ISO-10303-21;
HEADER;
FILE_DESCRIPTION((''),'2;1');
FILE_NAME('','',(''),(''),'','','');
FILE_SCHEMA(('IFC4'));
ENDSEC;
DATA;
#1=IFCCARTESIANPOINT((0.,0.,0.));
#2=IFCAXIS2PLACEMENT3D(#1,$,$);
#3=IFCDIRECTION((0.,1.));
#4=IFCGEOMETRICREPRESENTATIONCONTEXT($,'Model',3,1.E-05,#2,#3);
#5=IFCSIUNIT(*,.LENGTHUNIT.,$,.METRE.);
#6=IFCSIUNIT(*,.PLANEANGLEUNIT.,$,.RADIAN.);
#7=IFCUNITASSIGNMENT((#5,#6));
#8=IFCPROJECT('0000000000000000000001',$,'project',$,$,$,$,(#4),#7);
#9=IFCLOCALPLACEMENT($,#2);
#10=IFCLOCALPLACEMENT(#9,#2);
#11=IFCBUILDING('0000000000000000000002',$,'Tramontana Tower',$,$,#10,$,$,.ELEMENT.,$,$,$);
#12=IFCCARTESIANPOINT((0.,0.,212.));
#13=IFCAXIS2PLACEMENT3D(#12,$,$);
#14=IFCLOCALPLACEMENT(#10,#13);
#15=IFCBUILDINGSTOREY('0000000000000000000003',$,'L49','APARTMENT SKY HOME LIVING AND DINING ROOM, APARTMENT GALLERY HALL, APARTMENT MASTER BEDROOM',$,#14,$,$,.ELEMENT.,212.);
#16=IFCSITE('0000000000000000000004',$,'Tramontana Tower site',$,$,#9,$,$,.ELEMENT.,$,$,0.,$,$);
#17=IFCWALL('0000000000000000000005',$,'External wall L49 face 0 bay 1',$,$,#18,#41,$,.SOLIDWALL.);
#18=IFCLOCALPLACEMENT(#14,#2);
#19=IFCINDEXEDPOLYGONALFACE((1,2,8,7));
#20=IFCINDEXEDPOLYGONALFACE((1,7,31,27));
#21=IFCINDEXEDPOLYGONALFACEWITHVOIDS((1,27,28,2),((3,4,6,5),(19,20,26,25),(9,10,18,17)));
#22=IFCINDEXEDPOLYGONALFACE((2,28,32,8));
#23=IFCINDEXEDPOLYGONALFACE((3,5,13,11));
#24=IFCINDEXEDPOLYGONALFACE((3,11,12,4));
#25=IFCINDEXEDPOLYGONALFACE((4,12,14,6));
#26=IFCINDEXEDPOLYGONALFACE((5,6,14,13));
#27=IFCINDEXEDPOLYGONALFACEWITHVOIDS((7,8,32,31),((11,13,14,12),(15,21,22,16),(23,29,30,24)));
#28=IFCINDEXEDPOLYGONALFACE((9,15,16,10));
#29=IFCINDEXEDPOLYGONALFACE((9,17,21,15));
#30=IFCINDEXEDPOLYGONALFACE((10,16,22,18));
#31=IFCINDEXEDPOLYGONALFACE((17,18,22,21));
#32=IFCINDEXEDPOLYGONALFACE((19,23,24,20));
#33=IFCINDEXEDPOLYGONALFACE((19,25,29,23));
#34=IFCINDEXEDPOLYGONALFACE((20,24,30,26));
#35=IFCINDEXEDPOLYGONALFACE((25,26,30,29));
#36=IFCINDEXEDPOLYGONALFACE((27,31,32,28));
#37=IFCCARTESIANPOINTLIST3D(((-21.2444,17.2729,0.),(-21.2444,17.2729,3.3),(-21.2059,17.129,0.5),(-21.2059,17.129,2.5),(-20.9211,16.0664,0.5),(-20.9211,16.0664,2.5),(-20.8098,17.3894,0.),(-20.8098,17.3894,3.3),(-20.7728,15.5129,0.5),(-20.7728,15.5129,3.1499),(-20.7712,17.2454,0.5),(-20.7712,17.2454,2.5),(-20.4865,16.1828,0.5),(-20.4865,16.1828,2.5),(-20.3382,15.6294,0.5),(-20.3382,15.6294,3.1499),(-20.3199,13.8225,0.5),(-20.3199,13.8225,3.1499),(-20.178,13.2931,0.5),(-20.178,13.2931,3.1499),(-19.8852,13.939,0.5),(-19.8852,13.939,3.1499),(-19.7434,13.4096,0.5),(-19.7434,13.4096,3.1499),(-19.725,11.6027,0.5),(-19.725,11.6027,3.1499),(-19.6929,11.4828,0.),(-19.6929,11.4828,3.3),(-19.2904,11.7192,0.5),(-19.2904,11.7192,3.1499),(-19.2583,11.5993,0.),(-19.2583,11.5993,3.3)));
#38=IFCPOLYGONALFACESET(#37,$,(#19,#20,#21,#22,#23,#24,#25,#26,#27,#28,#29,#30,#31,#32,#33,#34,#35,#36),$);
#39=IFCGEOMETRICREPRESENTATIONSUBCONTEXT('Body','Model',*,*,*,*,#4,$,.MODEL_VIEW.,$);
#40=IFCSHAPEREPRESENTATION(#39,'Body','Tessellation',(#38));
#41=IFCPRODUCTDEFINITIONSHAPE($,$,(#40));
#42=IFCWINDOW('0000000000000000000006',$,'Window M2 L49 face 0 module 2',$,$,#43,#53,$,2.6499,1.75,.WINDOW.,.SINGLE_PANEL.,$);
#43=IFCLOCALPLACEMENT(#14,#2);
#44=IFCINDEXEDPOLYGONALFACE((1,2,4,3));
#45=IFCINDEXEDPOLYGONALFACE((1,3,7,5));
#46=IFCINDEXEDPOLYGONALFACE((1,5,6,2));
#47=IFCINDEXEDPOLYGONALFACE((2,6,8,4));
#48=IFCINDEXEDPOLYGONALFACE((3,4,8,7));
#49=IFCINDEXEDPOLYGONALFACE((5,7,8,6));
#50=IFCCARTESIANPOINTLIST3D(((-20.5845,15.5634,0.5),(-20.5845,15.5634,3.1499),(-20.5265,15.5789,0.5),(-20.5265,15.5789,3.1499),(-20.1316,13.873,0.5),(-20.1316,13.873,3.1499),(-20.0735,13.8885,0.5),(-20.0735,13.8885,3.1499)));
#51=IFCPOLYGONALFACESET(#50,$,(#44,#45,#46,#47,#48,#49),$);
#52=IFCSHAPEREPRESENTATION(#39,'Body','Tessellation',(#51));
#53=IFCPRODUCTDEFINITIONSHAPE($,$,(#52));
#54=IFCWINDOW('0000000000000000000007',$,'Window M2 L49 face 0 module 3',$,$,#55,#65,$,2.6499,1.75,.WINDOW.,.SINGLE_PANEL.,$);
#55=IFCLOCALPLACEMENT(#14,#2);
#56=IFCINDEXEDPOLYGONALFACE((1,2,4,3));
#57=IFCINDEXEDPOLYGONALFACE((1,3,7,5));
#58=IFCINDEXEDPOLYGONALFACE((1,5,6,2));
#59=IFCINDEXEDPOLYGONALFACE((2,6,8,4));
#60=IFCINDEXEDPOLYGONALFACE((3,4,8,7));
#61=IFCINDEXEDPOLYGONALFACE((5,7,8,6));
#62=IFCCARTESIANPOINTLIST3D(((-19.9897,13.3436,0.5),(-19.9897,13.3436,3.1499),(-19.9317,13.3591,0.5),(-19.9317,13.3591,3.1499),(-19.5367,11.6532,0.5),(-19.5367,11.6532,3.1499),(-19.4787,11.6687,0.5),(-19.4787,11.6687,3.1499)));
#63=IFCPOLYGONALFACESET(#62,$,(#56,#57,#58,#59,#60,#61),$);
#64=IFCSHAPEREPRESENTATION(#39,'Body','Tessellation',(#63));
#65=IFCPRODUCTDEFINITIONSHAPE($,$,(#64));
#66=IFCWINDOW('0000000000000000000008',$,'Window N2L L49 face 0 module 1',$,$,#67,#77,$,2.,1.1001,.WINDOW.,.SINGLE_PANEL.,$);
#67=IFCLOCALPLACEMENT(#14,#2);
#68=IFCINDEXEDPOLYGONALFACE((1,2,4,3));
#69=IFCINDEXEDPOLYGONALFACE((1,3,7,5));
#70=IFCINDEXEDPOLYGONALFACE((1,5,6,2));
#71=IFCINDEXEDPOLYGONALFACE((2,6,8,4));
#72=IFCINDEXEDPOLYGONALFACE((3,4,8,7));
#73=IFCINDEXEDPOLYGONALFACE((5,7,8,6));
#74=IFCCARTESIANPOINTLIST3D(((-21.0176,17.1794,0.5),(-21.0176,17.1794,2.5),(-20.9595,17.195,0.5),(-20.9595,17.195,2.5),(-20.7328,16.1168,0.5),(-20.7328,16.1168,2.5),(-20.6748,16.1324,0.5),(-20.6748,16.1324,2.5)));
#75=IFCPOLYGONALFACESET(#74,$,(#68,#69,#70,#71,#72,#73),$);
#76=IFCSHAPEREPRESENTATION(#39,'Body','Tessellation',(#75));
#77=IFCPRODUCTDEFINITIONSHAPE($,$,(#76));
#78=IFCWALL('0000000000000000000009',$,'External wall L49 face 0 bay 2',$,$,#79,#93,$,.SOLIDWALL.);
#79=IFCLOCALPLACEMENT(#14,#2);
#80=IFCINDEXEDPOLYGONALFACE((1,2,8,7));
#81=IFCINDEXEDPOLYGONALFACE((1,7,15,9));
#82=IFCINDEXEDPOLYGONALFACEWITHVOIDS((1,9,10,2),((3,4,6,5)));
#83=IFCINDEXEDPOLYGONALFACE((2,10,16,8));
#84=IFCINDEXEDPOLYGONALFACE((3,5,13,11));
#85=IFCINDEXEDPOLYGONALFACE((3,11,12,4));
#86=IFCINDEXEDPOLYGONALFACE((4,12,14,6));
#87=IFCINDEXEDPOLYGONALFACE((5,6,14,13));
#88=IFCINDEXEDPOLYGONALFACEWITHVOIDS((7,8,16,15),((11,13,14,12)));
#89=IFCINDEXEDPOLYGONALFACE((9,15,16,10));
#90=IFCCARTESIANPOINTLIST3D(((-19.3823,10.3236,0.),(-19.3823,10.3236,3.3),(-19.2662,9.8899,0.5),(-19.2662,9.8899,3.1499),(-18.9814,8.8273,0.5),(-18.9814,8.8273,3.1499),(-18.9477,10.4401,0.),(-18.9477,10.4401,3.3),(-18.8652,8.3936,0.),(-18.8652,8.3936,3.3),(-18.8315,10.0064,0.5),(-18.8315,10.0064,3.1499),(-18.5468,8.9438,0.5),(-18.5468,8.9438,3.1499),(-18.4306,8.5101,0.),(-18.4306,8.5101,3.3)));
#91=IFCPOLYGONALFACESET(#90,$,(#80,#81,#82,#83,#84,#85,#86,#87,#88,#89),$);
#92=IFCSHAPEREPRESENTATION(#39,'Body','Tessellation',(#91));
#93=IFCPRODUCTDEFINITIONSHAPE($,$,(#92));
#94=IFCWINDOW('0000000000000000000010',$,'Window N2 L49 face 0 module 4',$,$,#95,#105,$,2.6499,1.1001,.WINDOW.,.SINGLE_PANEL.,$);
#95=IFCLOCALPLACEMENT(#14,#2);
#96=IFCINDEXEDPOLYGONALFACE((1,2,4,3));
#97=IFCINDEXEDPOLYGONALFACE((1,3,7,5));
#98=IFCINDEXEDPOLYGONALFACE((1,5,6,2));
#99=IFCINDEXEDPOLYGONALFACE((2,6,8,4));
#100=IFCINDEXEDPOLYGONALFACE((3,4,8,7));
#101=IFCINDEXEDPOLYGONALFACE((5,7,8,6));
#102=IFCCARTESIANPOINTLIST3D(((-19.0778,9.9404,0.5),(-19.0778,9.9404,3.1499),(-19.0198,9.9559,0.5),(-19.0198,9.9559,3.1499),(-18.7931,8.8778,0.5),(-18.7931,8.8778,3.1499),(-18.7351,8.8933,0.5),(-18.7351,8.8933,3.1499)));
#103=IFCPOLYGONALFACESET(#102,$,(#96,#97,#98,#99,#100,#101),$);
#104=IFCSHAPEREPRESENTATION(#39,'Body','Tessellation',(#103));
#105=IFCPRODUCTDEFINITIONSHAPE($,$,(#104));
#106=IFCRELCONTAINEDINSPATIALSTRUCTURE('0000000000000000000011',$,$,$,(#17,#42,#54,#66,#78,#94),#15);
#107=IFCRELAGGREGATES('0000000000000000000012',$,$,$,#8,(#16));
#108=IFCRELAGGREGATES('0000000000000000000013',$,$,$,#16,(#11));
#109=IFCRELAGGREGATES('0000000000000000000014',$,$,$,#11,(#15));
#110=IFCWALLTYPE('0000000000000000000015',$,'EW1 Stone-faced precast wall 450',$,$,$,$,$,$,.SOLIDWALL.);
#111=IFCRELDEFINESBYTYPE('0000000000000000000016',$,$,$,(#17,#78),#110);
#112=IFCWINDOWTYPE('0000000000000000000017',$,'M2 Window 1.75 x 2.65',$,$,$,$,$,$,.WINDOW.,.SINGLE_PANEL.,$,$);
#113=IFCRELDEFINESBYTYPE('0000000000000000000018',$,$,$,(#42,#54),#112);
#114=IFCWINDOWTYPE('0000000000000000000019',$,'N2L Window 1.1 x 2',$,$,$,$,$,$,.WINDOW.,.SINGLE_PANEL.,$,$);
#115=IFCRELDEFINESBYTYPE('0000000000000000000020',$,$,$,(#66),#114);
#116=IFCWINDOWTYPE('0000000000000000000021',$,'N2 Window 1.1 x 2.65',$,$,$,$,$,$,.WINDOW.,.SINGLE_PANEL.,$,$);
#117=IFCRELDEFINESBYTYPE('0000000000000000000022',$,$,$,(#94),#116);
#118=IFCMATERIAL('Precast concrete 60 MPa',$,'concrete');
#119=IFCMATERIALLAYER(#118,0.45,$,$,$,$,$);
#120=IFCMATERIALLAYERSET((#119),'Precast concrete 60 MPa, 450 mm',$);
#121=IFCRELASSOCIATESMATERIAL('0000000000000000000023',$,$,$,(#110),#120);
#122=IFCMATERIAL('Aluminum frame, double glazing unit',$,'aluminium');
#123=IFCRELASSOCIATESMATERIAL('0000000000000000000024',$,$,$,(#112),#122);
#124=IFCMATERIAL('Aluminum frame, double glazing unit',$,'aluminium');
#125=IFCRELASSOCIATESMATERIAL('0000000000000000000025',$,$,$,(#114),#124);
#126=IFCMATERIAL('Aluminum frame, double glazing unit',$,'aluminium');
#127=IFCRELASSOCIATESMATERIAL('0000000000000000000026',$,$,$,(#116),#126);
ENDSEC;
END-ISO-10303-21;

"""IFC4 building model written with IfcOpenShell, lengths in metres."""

from ifc_helpers import new_model, si_unit, direction, frame, frame_2d, origin, place, context, subcontext, project, spatial, rectangle, extrude, material, layer, layer_set, type_object, element, fill, save


model = new_model("IFC4")

# Units and contexts
model_context = context("Model", 3, precision=1e-05, world=origin(), true_north=direction((0.0, 1.0)))
body_context = subcontext(model_context, "Body", "Model", "MODEL_VIEW")
ifc_project = project(units=[si_unit("LENGTHUNIT", "METRE"), si_unit("PLANEANGLEUNIT", "RADIAN")], contexts=[model_context])

# Site, building, storey
site_placement = place(None, origin())
site = spatial("IfcSite", under=ifc_project, at=site_placement, Name="Tramontana Tower site", CompositionType="ELEMENT", RefElevation=0.0)
building_placement = place(site_placement, origin())
building = spatial("IfcBuilding", under=site, at=building_placement, Name="Tramontana Tower", CompositionType="ELEMENT")
storey_placement = place(building_placement, frame((0.0, 0.0, 212.0)))
storey = spatial("IfcBuildingStorey", under=building, at=storey_placement, Name="L49", Description="APARTMENT SKY HOME LIVING AND DINING ROOM, APARTMENT GALLERY HALL, APARTMENT MASTER BEDROOM", CompositionType="ELEMENT", Elevation=212.0)

# Wall, openings, windows
ifc_material_1 = material(Name="Precast concrete 60 MPa", Category="concrete")
ifc_layer_1 = layer(ifc_material_1, 0.45)
ifc_layer_set_1 = layer_set([ifc_layer_1], Name="Precast concrete 60 MPa, 450 mm")
wall_type_1 = type_object("IfcWallType", Name="EW1 Stone-faced precast wall 450", PredefinedType="SOLIDWALL", material=ifc_layer_set_1)
wall_1_placement = place(storey_placement, frame((-21.0271, 17.3311, 0.0), z_axis=(0.0, 0.0, 1.0), x_axis=(0.258831, -0.965923, 0.0)))
wall_1 = element("IfcWall", 1, at=wall_1_placement, inside=storey, type_object=wall_type_1, Name="External wall L49 face 0 bay 1", PredefinedType="SOLIDWALL", context=body_context, shape_type="SweptSolid", body=[
    extrude(rectangle(XDim=5.9944, YDim=0.45, at=frame_2d((2.9971, 0.0))), origin(), (0.0, 0.0, 1.0), 3.3),
])
opening_1_placement = place(wall_1_placement, frame((0.1489, 0.0, 0.5)))
opening_1 = element("IfcOpeningElement", 2, at=opening_1_placement, cuts=wall_1, PredefinedType="OPENING", context=body_context, shape_type="SweptSolid", body=[
    extrude(rectangle(XDim=1.1001, YDim=2.0, at=frame_2d((0.55, 1.0))), frame((0.0, 0.2349, 0.0), z_axis=(0.0, -1.0, 0.0), x_axis=(1.0, 0.0, 0.0)), (0.0, 0.0, 1.0), 0.47),
])
opening_2_placement = place(wall_1_placement, frame((1.822, 0.0, 0.5)))
opening_2 = element("IfcOpeningElement", 3, at=opening_2_placement, cuts=wall_1, PredefinedType="OPENING", context=body_context, shape_type="SweptSolid", body=[
    extrude(rectangle(XDim=1.75, YDim=2.6499, at=frame_2d((0.875, 1.325))), frame((0.0, 0.2349, 0.0), z_axis=(0.0, -1.0, 0.0), x_axis=(1.0, 0.0, 0.0)), (0.0, 0.0, 1.0), 0.47),
])
opening_3_placement = place(wall_1_placement, frame((4.1201, 0.0, 0.5)))
opening_3 = element("IfcOpeningElement", 4, at=opening_3_placement, cuts=wall_1, PredefinedType="OPENING", context=body_context, shape_type="SweptSolid", body=[
    extrude(rectangle(XDim=1.75, YDim=2.6499, at=frame_2d((0.875, 1.325))), frame((0.0, 0.2349, 0.0), z_axis=(0.0, -1.0, 0.0), x_axis=(1.0, 0.0, 0.0)), (0.0, 0.0, 1.0), 0.47),
])
ifc_material_2 = material(Name="Aluminum frame, double glazing unit", Category="aluminium")
window_type_1 = type_object("IfcWindowType", Name="M2 Window 1.75 x 2.65", PartitioningType="SINGLE_PANEL", PredefinedType="WINDOW", material=ifc_material_2)
window_1_placement = place(opening_2_placement, origin())
window_1 = element("IfcWindow", 5, at=window_1_placement, inside=storey, type_object=window_type_1, Name="Window M2 L49 face 0 module 2", OverallHeight=2.6499, OverallWidth=1.75, PartitioningType="SINGLE_PANEL", PredefinedType="WINDOW", context=body_context, shape_type="SweptSolid", body=[
    extrude(rectangle(XDim=1.75, YDim=2.6499, at=frame_2d((0.875, 1.325))), frame((0.0, 0.03, 0.0), z_axis=(0.0, -1.0, 0.0), x_axis=(1.0, 0.0, 0.0)), (0.0, 0.0, 1.0), 0.0601),
])
fill(opening_2, window_1)
window_2_placement = place(opening_3_placement, origin())
window_2 = element("IfcWindow", 6, at=window_2_placement, inside=storey, type_object=window_type_1, Name="Window M2 L49 face 0 module 3", OverallHeight=2.6499, OverallWidth=1.75, PartitioningType="SINGLE_PANEL", PredefinedType="WINDOW", context=body_context, shape_type="SweptSolid", body=[
    extrude(rectangle(XDim=1.75, YDim=2.6499, at=frame_2d((0.875, 1.325))), frame((0.0, 0.03, 0.0), z_axis=(0.0, -1.0, 0.0), x_axis=(1.0, 0.0, 0.0)), (0.0, 0.0, 1.0), 0.0601),
])
fill(opening_3, window_2)
ifc_material_3 = material(Name="Aluminum frame, double glazing unit", Category="aluminium")
window_type_2 = type_object("IfcWindowType", Name="N2L Window 1.1 x 2", PartitioningType="SINGLE_PANEL", PredefinedType="WINDOW", material=ifc_material_3)
window_3_placement = place(opening_1_placement, origin())
window_3 = element("IfcWindow", 7, at=window_3_placement, inside=storey, type_object=window_type_2, Name="Window N2L L49 face 0 module 1", OverallHeight=2.0, OverallWidth=1.1001, PartitioningType="SINGLE_PANEL", PredefinedType="WINDOW", context=body_context, shape_type="SweptSolid", body=[
    extrude(rectangle(XDim=1.1001, YDim=2.0, at=frame_2d((0.55, 1.0))), frame((0.0, 0.03, 0.0), z_axis=(0.0, -1.0, 0.0), x_axis=(1.0, 0.0, 0.0)), (0.0, 0.0, 1.0), 0.0601),
])
fill(opening_1, window_3)

# Wall, opening, window
wall_2_placement = place(storey_placement, frame((-19.165, 10.3818, 0.0), z_axis=(0.0, 0.0, 1.0), x_axis=(0.258803, -0.96593, 0.0)))
wall_2 = element("IfcWall", 8, at=wall_2_placement, inside=storey, type_object=wall_type_1, Name="External wall L49 face 0 bay 2", PredefinedType="SOLIDWALL", context=body_context, shape_type="SweptSolid", body=[
    extrude(rectangle(XDim=1.998, YDim=0.45, at=frame_2d((0.999, 0.0))), origin(), (0.0, 0.0, 1.0), 3.3),
])
opening_4_placement = place(wall_2_placement, frame((0.449, 0.0, 0.5)))
opening_4 = element("IfcOpeningElement", 9, at=opening_4_placement, cuts=wall_2, PredefinedType="OPENING", context=body_context, shape_type="SweptSolid", body=[
    extrude(rectangle(XDim=1.1001, YDim=2.6499, at=frame_2d((0.55, 1.325))), frame((0.0, 0.2349, 0.0), z_axis=(0.0, -1.0, 0.0), x_axis=(1.0, 0.0, 0.0)), (0.0, 0.0, 1.0), 0.47),
])
ifc_material_4 = material(Name="Aluminum frame, double glazing unit", Category="aluminium")
window_type_3 = type_object("IfcWindowType", Name="N2 Window 1.1 x 2.65", PartitioningType="SINGLE_PANEL", PredefinedType="WINDOW", material=ifc_material_4)
window_4_placement = place(opening_4_placement, origin())
window_4 = element("IfcWindow", 10, at=window_4_placement, inside=storey, type_object=window_type_3, Name="Window N2 L49 face 0 module 4", OverallHeight=2.6499, OverallWidth=1.1001, PartitioningType="SINGLE_PANEL", PredefinedType="WINDOW", context=body_context, shape_type="SweptSolid", body=[
    extrude(rectangle(XDim=1.1001, YDim=2.6499, at=frame_2d((0.55, 1.325))), frame((0.0, 0.03, 0.0), z_axis=(0.0, -1.0, 0.0), x_axis=(1.0, 0.0, 0.0)), (0.0, 0.0, 1.0), 0.0601),
])
fill(opening_4, window_4)

save(model, "model.ifc")
